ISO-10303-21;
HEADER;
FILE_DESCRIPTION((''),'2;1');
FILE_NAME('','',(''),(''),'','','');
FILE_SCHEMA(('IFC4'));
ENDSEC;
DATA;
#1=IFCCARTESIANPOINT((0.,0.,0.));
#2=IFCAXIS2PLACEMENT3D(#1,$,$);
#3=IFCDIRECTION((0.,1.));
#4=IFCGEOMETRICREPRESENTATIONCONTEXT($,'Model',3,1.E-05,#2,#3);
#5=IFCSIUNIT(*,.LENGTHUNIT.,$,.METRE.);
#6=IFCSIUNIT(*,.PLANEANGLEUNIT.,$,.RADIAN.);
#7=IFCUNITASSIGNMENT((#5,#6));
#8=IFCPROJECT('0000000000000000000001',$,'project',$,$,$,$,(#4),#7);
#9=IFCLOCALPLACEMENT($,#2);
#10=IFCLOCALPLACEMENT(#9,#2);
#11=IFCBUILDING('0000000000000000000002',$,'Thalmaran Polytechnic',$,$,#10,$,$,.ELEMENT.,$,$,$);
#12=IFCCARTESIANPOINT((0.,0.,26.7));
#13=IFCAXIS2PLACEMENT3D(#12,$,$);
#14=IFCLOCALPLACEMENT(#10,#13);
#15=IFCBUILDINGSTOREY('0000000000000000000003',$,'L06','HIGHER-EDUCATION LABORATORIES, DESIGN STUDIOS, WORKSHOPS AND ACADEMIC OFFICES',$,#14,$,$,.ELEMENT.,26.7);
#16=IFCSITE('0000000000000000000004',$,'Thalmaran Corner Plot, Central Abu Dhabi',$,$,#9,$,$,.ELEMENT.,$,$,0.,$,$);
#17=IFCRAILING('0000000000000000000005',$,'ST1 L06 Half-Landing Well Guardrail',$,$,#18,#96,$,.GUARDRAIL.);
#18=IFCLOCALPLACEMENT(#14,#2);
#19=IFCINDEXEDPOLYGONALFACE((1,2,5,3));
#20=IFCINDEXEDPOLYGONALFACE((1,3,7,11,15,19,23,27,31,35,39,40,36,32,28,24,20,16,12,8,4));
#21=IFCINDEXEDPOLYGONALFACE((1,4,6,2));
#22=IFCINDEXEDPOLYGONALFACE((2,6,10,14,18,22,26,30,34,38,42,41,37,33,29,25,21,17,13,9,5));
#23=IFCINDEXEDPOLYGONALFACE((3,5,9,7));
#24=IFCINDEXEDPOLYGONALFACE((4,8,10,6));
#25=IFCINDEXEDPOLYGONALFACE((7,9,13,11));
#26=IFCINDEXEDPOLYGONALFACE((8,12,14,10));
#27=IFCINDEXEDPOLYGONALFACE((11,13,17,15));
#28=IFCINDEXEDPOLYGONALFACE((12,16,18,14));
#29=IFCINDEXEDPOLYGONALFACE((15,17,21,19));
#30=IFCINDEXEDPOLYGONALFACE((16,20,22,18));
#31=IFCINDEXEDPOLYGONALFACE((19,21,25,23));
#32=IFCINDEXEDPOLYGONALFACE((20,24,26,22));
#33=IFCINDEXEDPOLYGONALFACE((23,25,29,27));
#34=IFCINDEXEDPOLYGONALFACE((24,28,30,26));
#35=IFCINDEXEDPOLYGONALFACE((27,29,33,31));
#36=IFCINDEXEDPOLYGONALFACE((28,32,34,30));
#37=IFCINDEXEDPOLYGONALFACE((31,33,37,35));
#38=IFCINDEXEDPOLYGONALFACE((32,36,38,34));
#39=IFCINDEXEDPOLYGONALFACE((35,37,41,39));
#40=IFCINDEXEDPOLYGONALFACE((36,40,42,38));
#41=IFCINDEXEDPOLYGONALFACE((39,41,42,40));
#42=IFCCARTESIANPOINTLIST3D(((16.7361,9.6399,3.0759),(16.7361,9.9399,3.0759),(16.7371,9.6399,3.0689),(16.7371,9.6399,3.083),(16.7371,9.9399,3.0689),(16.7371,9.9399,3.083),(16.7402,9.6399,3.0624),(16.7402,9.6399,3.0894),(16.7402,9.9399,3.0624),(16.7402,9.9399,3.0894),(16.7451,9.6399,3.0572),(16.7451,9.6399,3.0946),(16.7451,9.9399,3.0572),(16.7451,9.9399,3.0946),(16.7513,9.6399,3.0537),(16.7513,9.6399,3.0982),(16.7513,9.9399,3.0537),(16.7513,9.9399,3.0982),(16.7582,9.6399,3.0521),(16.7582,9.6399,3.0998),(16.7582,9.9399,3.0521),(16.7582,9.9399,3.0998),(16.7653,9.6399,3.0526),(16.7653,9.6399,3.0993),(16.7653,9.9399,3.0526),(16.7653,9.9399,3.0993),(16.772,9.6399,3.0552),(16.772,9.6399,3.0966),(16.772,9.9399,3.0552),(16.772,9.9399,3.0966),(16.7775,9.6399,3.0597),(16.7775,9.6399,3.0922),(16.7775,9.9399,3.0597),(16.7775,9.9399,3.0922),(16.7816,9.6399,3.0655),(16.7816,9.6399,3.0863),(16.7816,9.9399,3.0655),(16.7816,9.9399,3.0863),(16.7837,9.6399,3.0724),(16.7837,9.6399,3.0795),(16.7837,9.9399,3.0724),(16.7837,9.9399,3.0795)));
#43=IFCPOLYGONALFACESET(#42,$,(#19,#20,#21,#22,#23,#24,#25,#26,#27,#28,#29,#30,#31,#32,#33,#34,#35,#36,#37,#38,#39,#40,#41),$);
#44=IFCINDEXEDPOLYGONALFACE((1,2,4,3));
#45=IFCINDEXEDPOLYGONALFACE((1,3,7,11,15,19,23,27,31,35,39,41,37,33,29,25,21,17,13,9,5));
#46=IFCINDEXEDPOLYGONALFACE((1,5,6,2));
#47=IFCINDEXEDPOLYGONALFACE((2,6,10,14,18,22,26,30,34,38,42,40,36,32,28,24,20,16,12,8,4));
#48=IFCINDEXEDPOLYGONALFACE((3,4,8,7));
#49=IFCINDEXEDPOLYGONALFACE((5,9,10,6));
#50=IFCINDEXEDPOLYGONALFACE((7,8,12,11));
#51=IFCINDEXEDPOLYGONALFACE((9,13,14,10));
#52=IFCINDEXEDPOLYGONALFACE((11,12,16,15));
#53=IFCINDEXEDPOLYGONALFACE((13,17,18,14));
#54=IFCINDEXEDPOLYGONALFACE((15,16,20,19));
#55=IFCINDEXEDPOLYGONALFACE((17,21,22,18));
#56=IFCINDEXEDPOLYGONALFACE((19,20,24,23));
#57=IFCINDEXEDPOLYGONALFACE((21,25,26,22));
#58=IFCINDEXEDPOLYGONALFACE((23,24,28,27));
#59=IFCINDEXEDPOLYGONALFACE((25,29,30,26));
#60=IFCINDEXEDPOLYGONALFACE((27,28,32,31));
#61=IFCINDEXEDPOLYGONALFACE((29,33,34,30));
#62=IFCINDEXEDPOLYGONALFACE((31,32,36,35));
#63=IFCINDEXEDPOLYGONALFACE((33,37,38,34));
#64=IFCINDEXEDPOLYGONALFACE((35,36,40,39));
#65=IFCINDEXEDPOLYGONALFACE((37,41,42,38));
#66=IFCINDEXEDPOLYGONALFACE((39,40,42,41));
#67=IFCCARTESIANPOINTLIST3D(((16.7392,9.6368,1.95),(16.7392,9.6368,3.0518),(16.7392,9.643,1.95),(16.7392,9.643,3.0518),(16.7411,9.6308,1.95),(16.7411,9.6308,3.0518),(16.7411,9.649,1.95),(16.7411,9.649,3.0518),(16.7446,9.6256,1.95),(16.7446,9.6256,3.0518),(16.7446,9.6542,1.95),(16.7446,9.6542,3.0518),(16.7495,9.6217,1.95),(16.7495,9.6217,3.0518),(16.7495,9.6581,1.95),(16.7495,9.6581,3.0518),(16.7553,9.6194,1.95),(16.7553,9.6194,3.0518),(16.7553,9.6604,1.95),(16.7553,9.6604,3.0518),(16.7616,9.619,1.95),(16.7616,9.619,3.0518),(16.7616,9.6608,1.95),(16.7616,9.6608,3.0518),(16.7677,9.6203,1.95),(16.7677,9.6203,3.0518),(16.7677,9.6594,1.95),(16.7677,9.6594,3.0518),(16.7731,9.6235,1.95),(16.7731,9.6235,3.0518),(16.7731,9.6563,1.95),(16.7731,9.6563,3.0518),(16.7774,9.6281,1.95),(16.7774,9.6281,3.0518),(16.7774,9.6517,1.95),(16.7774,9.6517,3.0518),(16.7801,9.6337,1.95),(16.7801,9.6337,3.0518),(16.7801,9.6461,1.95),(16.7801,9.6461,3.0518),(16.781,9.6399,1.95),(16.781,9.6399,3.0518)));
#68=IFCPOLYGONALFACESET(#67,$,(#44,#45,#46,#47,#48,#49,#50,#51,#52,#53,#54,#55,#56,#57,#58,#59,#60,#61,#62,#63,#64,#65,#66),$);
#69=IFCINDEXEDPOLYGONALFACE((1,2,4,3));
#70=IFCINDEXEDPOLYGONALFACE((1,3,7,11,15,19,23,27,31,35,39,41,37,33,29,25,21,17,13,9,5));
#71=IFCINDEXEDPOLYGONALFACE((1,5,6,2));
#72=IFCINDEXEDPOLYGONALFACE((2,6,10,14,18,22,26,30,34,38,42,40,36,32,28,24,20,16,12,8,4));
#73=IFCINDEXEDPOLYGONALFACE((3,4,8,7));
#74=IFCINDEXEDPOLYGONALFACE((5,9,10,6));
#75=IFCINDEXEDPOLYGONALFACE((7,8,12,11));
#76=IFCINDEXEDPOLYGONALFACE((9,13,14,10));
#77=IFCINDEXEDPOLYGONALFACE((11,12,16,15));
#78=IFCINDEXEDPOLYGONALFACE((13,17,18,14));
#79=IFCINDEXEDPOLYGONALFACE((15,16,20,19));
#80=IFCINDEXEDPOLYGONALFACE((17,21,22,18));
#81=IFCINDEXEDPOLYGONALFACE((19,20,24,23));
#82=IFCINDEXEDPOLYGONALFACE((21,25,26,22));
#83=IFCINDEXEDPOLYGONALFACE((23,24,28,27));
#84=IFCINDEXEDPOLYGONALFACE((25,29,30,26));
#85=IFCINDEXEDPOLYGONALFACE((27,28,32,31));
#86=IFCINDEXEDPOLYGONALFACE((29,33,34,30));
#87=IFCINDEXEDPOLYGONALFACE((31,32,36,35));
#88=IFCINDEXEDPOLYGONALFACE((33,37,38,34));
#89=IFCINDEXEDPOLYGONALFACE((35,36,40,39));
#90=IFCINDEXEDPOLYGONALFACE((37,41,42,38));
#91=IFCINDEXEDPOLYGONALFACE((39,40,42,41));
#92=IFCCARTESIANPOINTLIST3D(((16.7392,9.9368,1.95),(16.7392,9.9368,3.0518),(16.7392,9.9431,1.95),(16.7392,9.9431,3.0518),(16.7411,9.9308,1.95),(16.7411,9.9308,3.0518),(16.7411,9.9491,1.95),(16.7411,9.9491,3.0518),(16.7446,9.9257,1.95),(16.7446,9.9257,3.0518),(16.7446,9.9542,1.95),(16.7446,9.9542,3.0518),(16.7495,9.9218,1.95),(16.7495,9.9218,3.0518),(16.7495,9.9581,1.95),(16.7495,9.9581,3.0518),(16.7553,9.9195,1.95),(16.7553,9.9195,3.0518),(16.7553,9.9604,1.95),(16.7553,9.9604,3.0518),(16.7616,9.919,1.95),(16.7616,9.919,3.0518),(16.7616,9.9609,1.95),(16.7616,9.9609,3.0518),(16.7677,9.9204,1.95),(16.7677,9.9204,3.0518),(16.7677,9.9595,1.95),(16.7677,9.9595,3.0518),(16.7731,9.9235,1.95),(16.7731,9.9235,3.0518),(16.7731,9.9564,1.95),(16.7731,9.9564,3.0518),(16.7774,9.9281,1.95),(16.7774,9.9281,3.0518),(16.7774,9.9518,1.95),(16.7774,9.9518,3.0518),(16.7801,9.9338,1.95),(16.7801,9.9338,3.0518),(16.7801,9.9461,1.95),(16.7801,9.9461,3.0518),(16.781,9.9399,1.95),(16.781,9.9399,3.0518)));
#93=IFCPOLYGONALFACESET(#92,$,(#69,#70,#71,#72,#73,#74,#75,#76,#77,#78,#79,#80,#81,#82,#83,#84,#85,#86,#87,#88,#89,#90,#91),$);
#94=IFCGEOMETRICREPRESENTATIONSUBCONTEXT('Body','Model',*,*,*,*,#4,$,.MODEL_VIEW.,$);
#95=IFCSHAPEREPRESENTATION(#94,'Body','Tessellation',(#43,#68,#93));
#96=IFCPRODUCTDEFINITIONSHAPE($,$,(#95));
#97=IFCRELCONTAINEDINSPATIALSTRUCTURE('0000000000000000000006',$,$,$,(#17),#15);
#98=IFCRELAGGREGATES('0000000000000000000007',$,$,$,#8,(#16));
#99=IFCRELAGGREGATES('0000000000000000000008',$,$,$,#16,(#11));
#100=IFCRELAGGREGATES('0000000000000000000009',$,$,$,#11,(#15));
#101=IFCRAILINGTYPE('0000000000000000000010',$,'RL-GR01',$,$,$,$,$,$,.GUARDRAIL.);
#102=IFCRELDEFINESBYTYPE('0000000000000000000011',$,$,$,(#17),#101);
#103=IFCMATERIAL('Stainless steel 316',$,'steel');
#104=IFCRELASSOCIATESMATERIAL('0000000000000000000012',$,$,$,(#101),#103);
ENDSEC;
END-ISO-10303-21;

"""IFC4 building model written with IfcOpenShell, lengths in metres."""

from ifc_helpers import new_model, si_unit, direction, frame, origin, origin_2d, place, context, subcontext, project, spatial, circle, extrude, material, type_object, element, save


model = new_model("IFC4")

# Units and contexts
model_context = context("Model", 3, precision=1e-05, world=origin(), true_north=direction((0.0, 1.0)))
body_context = subcontext(model_context, "Body", "Model", "MODEL_VIEW")
ifc_project = project(units=[si_unit("LENGTHUNIT", "METRE"), si_unit("PLANEANGLEUNIT", "RADIAN")], contexts=[model_context])

# Site, building, storey
site_placement = place(None, origin())
site = spatial("IfcSite", under=ifc_project, at=site_placement, Name="Thalmaran Corner Plot, Central Abu Dhabi", CompositionType="ELEMENT", RefElevation=0.0)
building_placement = place(site_placement, origin())
building = spatial("IfcBuilding", under=site, at=building_placement, Name="Thalmaran Polytechnic", CompositionType="ELEMENT")
storey_placement = place(building_placement, frame((0.0, 0.0, 26.7)))
storey = spatial("IfcBuildingStorey", under=building, at=storey_placement, Name="L06", Description="HIGHER-EDUCATION LABORATORIES, DESIGN STUDIOS, WORKSHOPS AND ACADEMIC OFFICES", CompositionType="ELEMENT", Elevation=26.7)

# Railing
ifc_material_1 = material(Name="Stainless steel 316", Category="steel")
railing_type_1 = type_object("IfcRailingType", Name="RL-GR01", PredefinedType="GUARDRAIL", material=ifc_material_1)
railing_1_placement = place(storey_placement, frame((16.76, 9.6399, 1.95)))
element("IfcRailing", 1, at=railing_1_placement, inside=storey, type_object=railing_type_1, Name="ST1 L06 Half-Landing Well Guardrail", PredefinedType="GUARDRAIL", context=body_context, shape_type="SweptSolid", body=[
    extrude(circle(Radius=0.0239, at=origin_2d()), frame((0.0, 0.0, 1.126), z_axis=(0.0, 1.0, 0.0), x_axis=(-1.0, 0.0, 0.0)), (0.0, 0.0, 1.0), 0.3),
    extrude(circle(Radius=0.021, at=origin_2d()), origin(), (0.0, 0.0, 1.0), 1.1018),
    extrude(circle(Radius=0.021, at=origin_2d()), frame((0.0, 0.3, 0.0)), (0.0, 0.0, 1.0), 1.1018),
])

save(model, "model.ifc")
